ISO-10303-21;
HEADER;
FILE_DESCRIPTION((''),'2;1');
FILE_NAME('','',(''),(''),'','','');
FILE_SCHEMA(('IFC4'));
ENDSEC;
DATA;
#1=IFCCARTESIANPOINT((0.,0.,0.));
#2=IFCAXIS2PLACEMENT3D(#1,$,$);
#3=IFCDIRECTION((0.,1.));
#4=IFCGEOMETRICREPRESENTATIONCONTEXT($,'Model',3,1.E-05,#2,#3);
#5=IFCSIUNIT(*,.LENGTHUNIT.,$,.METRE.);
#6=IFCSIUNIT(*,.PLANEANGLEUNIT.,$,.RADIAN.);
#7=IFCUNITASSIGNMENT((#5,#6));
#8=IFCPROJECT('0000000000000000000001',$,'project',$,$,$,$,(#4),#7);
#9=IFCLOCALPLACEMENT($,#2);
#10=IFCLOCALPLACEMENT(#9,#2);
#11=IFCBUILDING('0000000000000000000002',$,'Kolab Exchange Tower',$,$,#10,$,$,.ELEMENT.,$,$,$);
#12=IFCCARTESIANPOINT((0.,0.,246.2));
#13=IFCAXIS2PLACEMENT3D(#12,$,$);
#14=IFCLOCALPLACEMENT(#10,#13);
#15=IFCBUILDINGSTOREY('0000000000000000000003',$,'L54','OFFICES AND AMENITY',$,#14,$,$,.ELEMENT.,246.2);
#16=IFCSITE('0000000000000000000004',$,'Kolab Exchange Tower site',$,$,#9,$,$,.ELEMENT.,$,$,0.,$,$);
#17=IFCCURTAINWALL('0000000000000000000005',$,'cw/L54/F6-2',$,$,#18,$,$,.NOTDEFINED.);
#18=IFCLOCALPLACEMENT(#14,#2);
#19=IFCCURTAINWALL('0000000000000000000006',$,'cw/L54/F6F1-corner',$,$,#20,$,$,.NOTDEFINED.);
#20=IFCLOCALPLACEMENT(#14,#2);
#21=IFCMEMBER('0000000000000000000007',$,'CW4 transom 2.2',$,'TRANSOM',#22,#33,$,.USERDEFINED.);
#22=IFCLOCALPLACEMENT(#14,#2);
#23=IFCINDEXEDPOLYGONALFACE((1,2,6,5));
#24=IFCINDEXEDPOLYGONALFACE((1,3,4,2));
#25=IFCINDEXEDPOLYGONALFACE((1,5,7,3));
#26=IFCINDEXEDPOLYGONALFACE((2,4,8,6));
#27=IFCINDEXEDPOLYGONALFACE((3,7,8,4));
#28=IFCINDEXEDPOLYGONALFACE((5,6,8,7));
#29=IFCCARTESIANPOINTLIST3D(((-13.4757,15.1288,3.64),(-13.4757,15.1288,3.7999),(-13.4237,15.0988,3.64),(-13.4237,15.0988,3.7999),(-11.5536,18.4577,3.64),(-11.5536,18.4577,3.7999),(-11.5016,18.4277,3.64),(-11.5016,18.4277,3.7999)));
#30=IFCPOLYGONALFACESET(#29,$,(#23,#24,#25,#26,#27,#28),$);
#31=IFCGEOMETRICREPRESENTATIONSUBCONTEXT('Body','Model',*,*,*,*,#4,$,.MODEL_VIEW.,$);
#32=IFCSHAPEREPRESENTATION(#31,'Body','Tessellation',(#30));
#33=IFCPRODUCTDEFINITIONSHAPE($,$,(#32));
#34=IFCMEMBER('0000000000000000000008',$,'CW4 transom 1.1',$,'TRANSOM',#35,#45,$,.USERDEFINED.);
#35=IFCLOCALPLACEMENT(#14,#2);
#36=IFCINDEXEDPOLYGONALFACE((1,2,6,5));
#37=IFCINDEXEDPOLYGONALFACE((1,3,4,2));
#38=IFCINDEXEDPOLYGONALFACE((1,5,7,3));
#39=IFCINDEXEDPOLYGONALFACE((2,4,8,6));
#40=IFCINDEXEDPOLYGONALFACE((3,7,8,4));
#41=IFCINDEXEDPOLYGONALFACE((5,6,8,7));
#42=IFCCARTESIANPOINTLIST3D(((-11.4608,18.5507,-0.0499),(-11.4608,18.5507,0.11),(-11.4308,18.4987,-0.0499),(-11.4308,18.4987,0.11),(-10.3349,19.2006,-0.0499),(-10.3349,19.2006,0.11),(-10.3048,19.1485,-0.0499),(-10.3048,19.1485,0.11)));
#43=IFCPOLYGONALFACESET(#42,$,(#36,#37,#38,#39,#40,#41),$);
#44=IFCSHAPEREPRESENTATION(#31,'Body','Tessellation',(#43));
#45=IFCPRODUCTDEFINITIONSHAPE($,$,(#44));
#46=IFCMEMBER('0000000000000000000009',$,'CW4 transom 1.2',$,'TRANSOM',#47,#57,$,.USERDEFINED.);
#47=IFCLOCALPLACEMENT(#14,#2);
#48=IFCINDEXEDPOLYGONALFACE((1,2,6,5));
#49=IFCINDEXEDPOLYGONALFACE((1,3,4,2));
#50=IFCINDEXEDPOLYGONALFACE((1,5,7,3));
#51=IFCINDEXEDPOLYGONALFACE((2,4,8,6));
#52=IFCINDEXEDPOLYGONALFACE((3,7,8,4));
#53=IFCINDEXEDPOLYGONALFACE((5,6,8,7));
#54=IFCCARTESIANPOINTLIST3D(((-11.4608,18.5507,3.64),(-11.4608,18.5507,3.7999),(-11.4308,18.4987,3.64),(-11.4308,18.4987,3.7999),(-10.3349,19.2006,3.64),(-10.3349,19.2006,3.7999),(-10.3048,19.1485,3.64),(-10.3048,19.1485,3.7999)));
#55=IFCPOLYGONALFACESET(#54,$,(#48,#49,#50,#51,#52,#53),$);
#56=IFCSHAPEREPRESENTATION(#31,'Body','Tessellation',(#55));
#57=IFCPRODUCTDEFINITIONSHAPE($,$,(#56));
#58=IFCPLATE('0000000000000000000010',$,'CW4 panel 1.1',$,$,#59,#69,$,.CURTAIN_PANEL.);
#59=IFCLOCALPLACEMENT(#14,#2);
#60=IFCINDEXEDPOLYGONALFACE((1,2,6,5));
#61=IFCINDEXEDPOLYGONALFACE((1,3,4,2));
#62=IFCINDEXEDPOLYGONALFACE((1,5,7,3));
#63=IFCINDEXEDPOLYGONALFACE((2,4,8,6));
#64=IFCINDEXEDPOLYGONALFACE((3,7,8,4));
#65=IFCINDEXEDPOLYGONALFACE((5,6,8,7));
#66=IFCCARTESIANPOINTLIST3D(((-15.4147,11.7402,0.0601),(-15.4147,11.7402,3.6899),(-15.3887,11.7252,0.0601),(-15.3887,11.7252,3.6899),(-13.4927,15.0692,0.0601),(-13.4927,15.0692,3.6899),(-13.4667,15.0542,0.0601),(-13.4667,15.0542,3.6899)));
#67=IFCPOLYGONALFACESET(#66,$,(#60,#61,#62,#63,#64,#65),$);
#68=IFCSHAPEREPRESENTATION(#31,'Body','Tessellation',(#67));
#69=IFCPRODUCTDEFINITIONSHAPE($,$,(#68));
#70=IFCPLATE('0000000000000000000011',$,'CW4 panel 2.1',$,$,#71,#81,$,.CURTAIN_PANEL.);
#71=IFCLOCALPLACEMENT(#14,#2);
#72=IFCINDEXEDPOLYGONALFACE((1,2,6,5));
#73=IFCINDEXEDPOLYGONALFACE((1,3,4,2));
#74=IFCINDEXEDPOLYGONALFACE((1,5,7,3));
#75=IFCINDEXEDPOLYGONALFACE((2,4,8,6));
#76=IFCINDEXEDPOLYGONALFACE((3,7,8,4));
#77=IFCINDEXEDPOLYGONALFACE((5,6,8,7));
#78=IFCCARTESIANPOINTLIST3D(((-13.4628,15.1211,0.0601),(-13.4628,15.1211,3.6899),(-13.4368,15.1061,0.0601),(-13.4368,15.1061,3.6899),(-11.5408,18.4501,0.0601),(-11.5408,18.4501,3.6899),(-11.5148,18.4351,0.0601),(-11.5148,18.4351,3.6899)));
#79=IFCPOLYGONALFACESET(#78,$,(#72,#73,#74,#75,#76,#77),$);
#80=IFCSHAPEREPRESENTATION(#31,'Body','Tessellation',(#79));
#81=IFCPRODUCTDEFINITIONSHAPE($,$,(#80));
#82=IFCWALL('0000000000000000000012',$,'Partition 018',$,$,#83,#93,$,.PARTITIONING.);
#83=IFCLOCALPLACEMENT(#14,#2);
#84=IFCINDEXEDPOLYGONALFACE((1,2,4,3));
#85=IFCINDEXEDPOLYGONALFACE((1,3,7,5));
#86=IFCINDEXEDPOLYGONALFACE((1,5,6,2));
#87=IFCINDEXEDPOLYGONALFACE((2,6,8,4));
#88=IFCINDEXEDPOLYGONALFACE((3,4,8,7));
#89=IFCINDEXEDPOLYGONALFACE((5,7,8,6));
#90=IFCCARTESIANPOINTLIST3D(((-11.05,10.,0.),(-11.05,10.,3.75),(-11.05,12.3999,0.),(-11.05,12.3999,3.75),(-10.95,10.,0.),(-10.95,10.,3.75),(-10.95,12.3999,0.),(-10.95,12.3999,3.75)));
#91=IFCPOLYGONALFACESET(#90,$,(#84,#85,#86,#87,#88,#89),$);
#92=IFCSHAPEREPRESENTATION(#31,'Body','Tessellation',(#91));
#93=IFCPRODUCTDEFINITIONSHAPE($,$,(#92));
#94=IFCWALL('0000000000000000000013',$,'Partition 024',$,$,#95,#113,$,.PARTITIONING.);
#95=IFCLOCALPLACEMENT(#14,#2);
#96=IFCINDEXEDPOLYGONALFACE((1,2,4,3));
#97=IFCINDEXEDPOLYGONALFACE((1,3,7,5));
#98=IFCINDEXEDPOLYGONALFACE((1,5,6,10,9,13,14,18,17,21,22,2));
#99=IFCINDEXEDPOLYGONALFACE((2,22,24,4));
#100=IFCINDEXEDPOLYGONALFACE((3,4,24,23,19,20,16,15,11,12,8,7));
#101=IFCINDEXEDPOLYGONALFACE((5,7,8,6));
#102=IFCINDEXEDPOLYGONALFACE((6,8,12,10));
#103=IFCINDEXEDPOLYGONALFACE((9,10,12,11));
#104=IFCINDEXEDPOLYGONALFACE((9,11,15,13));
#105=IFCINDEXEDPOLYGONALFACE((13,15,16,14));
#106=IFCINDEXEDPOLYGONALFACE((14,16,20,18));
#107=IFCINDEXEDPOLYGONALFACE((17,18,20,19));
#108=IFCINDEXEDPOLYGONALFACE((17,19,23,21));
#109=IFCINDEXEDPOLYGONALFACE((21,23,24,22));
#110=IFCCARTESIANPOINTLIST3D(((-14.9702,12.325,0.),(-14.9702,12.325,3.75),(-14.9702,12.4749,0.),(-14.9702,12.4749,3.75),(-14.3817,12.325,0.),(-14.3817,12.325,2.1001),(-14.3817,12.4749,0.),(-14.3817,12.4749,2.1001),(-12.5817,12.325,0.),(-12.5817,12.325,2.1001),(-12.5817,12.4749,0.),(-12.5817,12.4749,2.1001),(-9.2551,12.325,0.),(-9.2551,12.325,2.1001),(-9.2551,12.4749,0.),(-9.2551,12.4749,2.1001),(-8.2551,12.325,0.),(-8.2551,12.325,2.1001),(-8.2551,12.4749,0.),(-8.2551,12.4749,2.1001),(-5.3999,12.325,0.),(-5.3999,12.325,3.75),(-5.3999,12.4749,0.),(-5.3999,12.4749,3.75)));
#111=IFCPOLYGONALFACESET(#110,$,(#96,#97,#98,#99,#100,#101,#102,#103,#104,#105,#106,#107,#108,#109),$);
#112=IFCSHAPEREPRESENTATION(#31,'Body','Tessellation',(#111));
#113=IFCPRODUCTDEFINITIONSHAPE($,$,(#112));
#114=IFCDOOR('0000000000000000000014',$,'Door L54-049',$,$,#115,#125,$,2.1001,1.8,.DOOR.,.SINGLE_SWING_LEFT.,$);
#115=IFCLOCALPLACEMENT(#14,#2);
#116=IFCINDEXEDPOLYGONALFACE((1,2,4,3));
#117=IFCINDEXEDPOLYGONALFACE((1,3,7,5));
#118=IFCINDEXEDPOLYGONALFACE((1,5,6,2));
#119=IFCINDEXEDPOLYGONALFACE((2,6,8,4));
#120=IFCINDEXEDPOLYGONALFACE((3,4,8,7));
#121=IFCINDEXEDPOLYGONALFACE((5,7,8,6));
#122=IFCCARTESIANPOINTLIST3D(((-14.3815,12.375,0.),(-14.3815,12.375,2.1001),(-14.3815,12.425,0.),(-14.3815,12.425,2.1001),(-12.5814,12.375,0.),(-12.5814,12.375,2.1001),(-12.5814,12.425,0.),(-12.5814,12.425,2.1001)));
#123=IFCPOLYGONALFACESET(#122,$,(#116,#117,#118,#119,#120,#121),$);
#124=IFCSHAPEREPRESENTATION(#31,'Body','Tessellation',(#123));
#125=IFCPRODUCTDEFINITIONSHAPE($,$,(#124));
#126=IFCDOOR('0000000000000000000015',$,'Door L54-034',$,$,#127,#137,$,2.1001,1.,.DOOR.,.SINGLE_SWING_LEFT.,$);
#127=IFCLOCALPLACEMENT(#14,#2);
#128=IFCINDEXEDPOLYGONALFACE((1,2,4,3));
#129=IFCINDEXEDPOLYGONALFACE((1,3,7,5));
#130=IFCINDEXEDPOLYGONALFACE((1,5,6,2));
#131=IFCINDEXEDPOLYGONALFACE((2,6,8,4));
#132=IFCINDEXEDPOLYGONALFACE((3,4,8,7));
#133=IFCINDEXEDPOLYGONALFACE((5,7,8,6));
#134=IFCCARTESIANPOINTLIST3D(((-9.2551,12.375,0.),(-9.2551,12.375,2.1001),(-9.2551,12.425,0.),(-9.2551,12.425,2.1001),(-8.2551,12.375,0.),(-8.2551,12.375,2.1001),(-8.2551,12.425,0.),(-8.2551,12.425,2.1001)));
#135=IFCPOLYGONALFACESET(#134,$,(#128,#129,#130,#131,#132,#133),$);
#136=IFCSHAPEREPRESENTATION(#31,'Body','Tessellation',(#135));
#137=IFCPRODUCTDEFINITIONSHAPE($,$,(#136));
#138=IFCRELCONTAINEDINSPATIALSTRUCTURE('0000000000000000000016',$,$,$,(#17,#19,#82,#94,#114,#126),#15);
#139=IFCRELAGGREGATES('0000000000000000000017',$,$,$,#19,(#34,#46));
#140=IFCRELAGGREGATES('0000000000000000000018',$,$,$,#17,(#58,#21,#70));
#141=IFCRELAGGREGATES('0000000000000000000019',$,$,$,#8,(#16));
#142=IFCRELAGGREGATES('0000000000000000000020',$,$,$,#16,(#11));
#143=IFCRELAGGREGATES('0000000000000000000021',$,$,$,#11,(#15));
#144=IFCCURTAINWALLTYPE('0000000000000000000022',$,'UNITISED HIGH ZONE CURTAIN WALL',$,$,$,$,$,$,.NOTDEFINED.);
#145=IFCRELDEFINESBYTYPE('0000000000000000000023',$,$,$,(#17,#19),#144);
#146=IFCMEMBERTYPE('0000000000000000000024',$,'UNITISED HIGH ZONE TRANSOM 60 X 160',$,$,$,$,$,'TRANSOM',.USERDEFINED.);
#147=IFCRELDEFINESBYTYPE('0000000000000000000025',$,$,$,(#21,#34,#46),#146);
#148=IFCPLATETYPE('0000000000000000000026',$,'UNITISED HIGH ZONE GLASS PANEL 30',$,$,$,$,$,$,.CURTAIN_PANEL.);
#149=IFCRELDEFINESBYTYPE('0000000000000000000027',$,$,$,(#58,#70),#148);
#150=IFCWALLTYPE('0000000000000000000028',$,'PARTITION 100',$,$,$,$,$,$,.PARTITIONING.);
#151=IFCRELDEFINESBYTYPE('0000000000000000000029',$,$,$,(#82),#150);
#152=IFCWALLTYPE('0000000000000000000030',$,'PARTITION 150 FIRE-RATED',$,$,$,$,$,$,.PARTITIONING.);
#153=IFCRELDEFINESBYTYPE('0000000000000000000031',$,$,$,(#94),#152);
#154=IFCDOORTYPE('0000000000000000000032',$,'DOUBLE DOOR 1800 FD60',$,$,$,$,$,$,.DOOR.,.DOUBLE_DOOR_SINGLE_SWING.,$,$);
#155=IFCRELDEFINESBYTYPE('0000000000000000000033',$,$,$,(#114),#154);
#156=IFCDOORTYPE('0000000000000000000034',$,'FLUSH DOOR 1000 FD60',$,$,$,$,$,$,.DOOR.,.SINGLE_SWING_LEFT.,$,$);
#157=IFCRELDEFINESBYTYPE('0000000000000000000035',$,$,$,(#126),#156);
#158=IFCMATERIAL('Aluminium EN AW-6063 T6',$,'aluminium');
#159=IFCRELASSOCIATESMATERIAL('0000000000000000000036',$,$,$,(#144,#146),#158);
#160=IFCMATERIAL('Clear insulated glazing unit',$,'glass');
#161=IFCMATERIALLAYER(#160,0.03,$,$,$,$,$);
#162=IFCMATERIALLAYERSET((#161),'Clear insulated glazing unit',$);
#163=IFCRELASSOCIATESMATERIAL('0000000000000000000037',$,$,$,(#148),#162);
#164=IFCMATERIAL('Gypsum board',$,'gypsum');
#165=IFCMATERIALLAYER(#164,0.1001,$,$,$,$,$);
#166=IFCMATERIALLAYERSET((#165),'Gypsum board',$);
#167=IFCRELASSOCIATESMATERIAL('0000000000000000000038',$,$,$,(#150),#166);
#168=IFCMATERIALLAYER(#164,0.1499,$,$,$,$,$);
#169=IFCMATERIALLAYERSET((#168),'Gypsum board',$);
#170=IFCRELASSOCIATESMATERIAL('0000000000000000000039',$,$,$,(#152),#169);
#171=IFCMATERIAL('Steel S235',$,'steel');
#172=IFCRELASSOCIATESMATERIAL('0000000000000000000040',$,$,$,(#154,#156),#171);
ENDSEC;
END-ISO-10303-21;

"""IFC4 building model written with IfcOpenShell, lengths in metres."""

from ifc_helpers import new_model, si_unit, direction, frame, frame_2d, origin, origin_2d, place, context, subcontext, project, spatial, rectangle, extrude, material, layer, layer_set, material_profile, profile_set, type_object, element, fill, aggregate, save


model = new_model("IFC4")

# Units and contexts
model_context = context("Model", 3, precision=1e-05, world=origin(), true_north=direction((0.0, 1.0)))
body_context = subcontext(model_context, "Body", "Model", "MODEL_VIEW")
ifc_project = project(units=[si_unit("LENGTHUNIT", "METRE"), si_unit("PLANEANGLEUNIT", "RADIAN")], contexts=[model_context])

# Site, building, storey
site_placement = place(None, origin())
site = spatial("IfcSite", under=ifc_project, at=site_placement, Name="Kolab Exchange Tower site", CompositionType="ELEMENT", RefElevation=0.0)
building_placement = place(site_placement, origin())
building = spatial("IfcBuilding", under=site, at=building_placement, Name="Kolab Exchange Tower", CompositionType="ELEMENT")
storey_placement = place(building_placement, frame((0.0, 0.0, 246.2)))
storey = spatial("IfcBuildingStorey", under=building, at=storey_placement, Name="L54", Description="OFFICES AND AMENITY", CompositionType="ELEMENT", Elevation=246.2)

# Curtain wall
ifc_material_1 = material(Name="Aluminium EN AW-6063 T6", Category="aluminium")
curtain_wall_type = type_object("IfcCurtainWallType", Name="UNITISED HIGH ZONE CURTAIN WALL", PredefinedType="NOTDEFINED", material=ifc_material_1)
curtain_wall_1_placement = place(storey_placement, origin())
curtain_wall_1 = element("IfcCurtainWall", 1, at=curtain_wall_1_placement, inside=storey, type_object=curtain_wall_type, Name="cw/L54/F6-2", PredefinedType="NOTDEFINED")

# Curtain wall
curtain_wall_2_placement = place(storey_placement, origin())
curtain_wall_2 = element("IfcCurtainWall", 2, at=curtain_wall_2_placement, inside=storey, type_object=curtain_wall_type, Name="cw/L54/F6F1-corner", PredefinedType="NOTDEFINED")

# Members
ifc_material_profile_1 = material_profile(ifc_material_1, rectangle(XDim=0.0601, YDim=0.1599, at=origin_2d()), Name="RECT 60X160")
ifc_profile_set_1 = profile_set([ifc_material_profile_1], Name="Aluminium EN AW-6063 T6")
member_type_1 = type_object("IfcMemberType", Name="UNITISED HIGH ZONE TRANSOM 60 X 160", ElementType="TRANSOM", PredefinedType="USERDEFINED", material=ifc_profile_set_1)
member_1_placement = place(storey_placement, frame((-13.4497, 15.1138, 3.72), z_axis=(0.500039, 0.866003, 0.0), x_axis=(-0.866003, 0.500039, 0.0)))
member_1 = element("IfcMember", 3, at=member_1_placement, type_object=member_type_1, Name="CW4 transom 2.2", ObjectType="TRANSOM", PredefinedType="USERDEFINED", context=body_context, shape_type="SweptSolid", body=[
    extrude(rectangle(XDim=0.0601, YDim=0.1599, at=origin_2d()), origin(), (0.0, 0.0, 1.0), 3.844),
])
member_2_placement = place(storey_placement, frame((-11.4458, 18.5247, 0.03), z_axis=(0.866086, 0.499896, 0.0), x_axis=(-0.499896, 0.866086, 0.0)))
member_2 = element("IfcMember", 4, at=member_2_placement, type_object=member_type_1, Name="CW4 transom 1.1", ObjectType="TRANSOM", PredefinedType="USERDEFINED", context=body_context, shape_type="SweptSolid", body=[
    extrude(rectangle(XDim=0.0601, YDim=0.1599, at=origin_2d()), origin(), (0.0, 0.0, 1.0), 1.3),
])
member_3_placement = place(storey_placement, frame((-11.4458, 18.5247, 3.72), z_axis=(0.866086, 0.499896, 0.0), x_axis=(-0.499896, 0.866086, 0.0)))
member_3 = element("IfcMember", 5, at=member_3_placement, type_object=member_type_1, Name="CW4 transom 1.2", ObjectType="TRANSOM", PredefinedType="USERDEFINED", context=body_context, shape_type="SweptSolid", body=[
    extrude(rectangle(XDim=0.0601, YDim=0.1599, at=origin_2d()), origin(), (0.0, 0.0, 1.0), 1.3),
])
aggregate(curtain_wall_2, [member_2, member_3])

# Plates
ifc_material_2 = material(Name="Clear insulated glazing unit", Category="glass")
ifc_layer_1 = layer(ifc_material_2, 0.03)
ifc_layer_set_1 = layer_set([ifc_layer_1], Name="Clear insulated glazing unit")
plate_type = type_object("IfcPlateType", Name="UNITISED HIGH ZONE GLASS PANEL 30", PredefinedType="CURTAIN_PANEL", material=ifc_layer_set_1)
plate_1_placement = place(storey_placement, frame((-14.4407, 13.3972, 0.0601), z_axis=(0.0, 0.0, 1.0), x_axis=(0.5, 0.866025, 0.0)))
plate_1 = element("IfcPlate", 6, at=plate_1_placement, type_object=plate_type, Name="CW4 panel 1.1", PredefinedType="CURTAIN_PANEL", context=body_context, shape_type="SweptSolid", body=[
    extrude(rectangle(XDim=3.844, YDim=0.03, at=origin_2d()), origin(), (0.0, 0.0, 1.0), 3.6299),
])
plate_2_placement = place(storey_placement, frame((-12.4888, 16.7781, 0.0601), z_axis=(0.0, 0.0, 1.0), x_axis=(0.5, 0.866025, 0.0)))
plate_2 = element("IfcPlate", 7, at=plate_2_placement, type_object=plate_type, Name="CW4 panel 2.1", PredefinedType="CURTAIN_PANEL", context=body_context, shape_type="SweptSolid", body=[
    extrude(rectangle(XDim=3.844, YDim=0.03, at=origin_2d()), origin(), (0.0, 0.0, 1.0), 3.6299),
])
aggregate(curtain_wall_1, [plate_1, member_1, plate_2])

# Wall
ifc_material_3 = material(Name="Gypsum board", Category="gypsum")
ifc_layer_2 = layer(ifc_material_3, 0.1001)
ifc_layer_set_2 = layer_set([ifc_layer_2], Name="Gypsum board")
wall_type_1 = type_object("IfcWallType", Name="PARTITION 100", PredefinedType="PARTITIONING", material=ifc_layer_set_2)
wall_1_placement = place(storey_placement, frame((-11.0, 10.0, 0.0), z_axis=(0.0, 0.0, 1.0), x_axis=(0.0, 1.0, 0.0)))
element("IfcWall", 8, at=wall_1_placement, inside=storey, type_object=wall_type_1, Name="Partition 018", PredefinedType="PARTITIONING", context=body_context, shape_type="SweptSolid", body=[
    extrude(rectangle(XDim=2.3999, YDim=0.1001, at=frame_2d((1.2, 0.0))), origin(), (0.0, 0.0, 1.0), 3.75),
])

# Wall, openings, doors
ifc_layer_3 = layer(ifc_material_3, 0.1499)
ifc_layer_set_3 = layer_set([ifc_layer_3], Name="Gypsum board")
wall_type_2 = type_object("IfcWallType", Name="PARTITION 150 FIRE-RATED", PredefinedType="PARTITIONING", material=ifc_layer_set_3)
wall_2_placement = place(storey_placement, frame((-14.9702, 12.3999, 0.0), z_axis=(0.0, 0.0, 1.0), x_axis=(1.0, 0.0, 0.0)))
wall_2 = element("IfcWall", 9, at=wall_2_placement, inside=storey, type_object=wall_type_2, Name="Partition 024", PredefinedType="PARTITIONING", context=body_context, shape_type="SweptSolid", body=[
    extrude(rectangle(XDim=9.5703, YDim=0.1499, at=frame_2d((4.7852, 0.0))), origin(), (0.0, 0.0, 1.0), 3.75),
])
opening_1_placement = place(wall_2_placement, frame((5.7151, 0.0, 0.0)))
opening_1 = element("IfcOpeningElement", 10, at=opening_1_placement, cuts=wall_2, PredefinedType="OPENING", context=body_context, shape_type="SweptSolid", body=[
    extrude(rectangle(XDim=1.0, YDim=2.1001, at=frame_2d((0.5, 1.05))), frame((0.0, 0.085, 0.0), z_axis=(0.0, -1.0, 0.0), x_axis=(1.0, 0.0, 0.0)), (0.0, 0.0, 1.0), 0.1699),
])
opening_2_placement = place(wall_2_placement, frame((0.5886, 0.0, 0.0)))
opening_2 = element("IfcOpeningElement", 11, at=opening_2_placement, cuts=wall_2, PredefinedType="OPENING", context=body_context, shape_type="SweptSolid", body=[
    extrude(rectangle(XDim=1.8, YDim=2.1001, at=frame_2d((0.8999, 1.05))), frame((0.0, 0.085, 0.0), z_axis=(0.0, -1.0, 0.0), x_axis=(1.0, 0.0, 0.0)), (0.0, 0.0, 1.0), 0.1699),
])
ifc_material_4 = material(Name="Steel S235", Category="steel")
door_type_1 = type_object("IfcDoorType", Name="DOUBLE DOOR 1800 FD60", OperationType="DOUBLE_DOOR_SINGLE_SWING", PredefinedType="DOOR", material=ifc_material_4)
door_1_placement = place(opening_2_placement, frame((1.8, 0.0, 0.0), z_axis=(0.0, 0.0, 1.0), x_axis=(-1.0, 0.0, 0.0)))
door_1 = element("IfcDoor", 12, at=door_1_placement, inside=storey, type_object=door_type_1, Name="Door L54-049", OperationType="SINGLE_SWING_LEFT", OverallHeight=2.1001, OverallWidth=1.8, PredefinedType="DOOR", context=body_context, shape_type="SweptSolid", body=[
    extrude(rectangle(XDim=1.8, YDim=2.1001, at=frame_2d((0.8999, 1.05))), frame((0.0, 0.0249, 0.0), z_axis=(0.0, -1.0, 0.0), x_axis=(1.0, 0.0, 0.0)), (0.0, 0.0, 1.0), 0.05),
])
fill(opening_2, door_1)
door_type_2 = type_object("IfcDoorType", Name="FLUSH DOOR 1000 FD60", OperationType="SINGLE_SWING_LEFT", PredefinedType="DOOR", material=ifc_material_4)
door_2_placement = place(opening_1_placement, frame((1.0, 0.0, 0.0), z_axis=(0.0, 0.0, 1.0), x_axis=(-1.0, 0.0, 0.0)))
door_2 = element("IfcDoor", 13, at=door_2_placement, inside=storey, type_object=door_type_2, Name="Door L54-034", OperationType="SINGLE_SWING_LEFT", OverallHeight=2.1001, OverallWidth=1.0, PredefinedType="DOOR", context=body_context, shape_type="SweptSolid", body=[
    extrude(rectangle(XDim=1.0, YDim=2.1001, at=frame_2d((0.5, 1.05))), frame((0.0, 0.0249, 0.0), z_axis=(0.0, -1.0, 0.0), x_axis=(1.0, 0.0, 0.0)), (0.0, 0.0, 1.0), 0.05),
])
fill(opening_1, door_2)

save(model, "model.ifc")
